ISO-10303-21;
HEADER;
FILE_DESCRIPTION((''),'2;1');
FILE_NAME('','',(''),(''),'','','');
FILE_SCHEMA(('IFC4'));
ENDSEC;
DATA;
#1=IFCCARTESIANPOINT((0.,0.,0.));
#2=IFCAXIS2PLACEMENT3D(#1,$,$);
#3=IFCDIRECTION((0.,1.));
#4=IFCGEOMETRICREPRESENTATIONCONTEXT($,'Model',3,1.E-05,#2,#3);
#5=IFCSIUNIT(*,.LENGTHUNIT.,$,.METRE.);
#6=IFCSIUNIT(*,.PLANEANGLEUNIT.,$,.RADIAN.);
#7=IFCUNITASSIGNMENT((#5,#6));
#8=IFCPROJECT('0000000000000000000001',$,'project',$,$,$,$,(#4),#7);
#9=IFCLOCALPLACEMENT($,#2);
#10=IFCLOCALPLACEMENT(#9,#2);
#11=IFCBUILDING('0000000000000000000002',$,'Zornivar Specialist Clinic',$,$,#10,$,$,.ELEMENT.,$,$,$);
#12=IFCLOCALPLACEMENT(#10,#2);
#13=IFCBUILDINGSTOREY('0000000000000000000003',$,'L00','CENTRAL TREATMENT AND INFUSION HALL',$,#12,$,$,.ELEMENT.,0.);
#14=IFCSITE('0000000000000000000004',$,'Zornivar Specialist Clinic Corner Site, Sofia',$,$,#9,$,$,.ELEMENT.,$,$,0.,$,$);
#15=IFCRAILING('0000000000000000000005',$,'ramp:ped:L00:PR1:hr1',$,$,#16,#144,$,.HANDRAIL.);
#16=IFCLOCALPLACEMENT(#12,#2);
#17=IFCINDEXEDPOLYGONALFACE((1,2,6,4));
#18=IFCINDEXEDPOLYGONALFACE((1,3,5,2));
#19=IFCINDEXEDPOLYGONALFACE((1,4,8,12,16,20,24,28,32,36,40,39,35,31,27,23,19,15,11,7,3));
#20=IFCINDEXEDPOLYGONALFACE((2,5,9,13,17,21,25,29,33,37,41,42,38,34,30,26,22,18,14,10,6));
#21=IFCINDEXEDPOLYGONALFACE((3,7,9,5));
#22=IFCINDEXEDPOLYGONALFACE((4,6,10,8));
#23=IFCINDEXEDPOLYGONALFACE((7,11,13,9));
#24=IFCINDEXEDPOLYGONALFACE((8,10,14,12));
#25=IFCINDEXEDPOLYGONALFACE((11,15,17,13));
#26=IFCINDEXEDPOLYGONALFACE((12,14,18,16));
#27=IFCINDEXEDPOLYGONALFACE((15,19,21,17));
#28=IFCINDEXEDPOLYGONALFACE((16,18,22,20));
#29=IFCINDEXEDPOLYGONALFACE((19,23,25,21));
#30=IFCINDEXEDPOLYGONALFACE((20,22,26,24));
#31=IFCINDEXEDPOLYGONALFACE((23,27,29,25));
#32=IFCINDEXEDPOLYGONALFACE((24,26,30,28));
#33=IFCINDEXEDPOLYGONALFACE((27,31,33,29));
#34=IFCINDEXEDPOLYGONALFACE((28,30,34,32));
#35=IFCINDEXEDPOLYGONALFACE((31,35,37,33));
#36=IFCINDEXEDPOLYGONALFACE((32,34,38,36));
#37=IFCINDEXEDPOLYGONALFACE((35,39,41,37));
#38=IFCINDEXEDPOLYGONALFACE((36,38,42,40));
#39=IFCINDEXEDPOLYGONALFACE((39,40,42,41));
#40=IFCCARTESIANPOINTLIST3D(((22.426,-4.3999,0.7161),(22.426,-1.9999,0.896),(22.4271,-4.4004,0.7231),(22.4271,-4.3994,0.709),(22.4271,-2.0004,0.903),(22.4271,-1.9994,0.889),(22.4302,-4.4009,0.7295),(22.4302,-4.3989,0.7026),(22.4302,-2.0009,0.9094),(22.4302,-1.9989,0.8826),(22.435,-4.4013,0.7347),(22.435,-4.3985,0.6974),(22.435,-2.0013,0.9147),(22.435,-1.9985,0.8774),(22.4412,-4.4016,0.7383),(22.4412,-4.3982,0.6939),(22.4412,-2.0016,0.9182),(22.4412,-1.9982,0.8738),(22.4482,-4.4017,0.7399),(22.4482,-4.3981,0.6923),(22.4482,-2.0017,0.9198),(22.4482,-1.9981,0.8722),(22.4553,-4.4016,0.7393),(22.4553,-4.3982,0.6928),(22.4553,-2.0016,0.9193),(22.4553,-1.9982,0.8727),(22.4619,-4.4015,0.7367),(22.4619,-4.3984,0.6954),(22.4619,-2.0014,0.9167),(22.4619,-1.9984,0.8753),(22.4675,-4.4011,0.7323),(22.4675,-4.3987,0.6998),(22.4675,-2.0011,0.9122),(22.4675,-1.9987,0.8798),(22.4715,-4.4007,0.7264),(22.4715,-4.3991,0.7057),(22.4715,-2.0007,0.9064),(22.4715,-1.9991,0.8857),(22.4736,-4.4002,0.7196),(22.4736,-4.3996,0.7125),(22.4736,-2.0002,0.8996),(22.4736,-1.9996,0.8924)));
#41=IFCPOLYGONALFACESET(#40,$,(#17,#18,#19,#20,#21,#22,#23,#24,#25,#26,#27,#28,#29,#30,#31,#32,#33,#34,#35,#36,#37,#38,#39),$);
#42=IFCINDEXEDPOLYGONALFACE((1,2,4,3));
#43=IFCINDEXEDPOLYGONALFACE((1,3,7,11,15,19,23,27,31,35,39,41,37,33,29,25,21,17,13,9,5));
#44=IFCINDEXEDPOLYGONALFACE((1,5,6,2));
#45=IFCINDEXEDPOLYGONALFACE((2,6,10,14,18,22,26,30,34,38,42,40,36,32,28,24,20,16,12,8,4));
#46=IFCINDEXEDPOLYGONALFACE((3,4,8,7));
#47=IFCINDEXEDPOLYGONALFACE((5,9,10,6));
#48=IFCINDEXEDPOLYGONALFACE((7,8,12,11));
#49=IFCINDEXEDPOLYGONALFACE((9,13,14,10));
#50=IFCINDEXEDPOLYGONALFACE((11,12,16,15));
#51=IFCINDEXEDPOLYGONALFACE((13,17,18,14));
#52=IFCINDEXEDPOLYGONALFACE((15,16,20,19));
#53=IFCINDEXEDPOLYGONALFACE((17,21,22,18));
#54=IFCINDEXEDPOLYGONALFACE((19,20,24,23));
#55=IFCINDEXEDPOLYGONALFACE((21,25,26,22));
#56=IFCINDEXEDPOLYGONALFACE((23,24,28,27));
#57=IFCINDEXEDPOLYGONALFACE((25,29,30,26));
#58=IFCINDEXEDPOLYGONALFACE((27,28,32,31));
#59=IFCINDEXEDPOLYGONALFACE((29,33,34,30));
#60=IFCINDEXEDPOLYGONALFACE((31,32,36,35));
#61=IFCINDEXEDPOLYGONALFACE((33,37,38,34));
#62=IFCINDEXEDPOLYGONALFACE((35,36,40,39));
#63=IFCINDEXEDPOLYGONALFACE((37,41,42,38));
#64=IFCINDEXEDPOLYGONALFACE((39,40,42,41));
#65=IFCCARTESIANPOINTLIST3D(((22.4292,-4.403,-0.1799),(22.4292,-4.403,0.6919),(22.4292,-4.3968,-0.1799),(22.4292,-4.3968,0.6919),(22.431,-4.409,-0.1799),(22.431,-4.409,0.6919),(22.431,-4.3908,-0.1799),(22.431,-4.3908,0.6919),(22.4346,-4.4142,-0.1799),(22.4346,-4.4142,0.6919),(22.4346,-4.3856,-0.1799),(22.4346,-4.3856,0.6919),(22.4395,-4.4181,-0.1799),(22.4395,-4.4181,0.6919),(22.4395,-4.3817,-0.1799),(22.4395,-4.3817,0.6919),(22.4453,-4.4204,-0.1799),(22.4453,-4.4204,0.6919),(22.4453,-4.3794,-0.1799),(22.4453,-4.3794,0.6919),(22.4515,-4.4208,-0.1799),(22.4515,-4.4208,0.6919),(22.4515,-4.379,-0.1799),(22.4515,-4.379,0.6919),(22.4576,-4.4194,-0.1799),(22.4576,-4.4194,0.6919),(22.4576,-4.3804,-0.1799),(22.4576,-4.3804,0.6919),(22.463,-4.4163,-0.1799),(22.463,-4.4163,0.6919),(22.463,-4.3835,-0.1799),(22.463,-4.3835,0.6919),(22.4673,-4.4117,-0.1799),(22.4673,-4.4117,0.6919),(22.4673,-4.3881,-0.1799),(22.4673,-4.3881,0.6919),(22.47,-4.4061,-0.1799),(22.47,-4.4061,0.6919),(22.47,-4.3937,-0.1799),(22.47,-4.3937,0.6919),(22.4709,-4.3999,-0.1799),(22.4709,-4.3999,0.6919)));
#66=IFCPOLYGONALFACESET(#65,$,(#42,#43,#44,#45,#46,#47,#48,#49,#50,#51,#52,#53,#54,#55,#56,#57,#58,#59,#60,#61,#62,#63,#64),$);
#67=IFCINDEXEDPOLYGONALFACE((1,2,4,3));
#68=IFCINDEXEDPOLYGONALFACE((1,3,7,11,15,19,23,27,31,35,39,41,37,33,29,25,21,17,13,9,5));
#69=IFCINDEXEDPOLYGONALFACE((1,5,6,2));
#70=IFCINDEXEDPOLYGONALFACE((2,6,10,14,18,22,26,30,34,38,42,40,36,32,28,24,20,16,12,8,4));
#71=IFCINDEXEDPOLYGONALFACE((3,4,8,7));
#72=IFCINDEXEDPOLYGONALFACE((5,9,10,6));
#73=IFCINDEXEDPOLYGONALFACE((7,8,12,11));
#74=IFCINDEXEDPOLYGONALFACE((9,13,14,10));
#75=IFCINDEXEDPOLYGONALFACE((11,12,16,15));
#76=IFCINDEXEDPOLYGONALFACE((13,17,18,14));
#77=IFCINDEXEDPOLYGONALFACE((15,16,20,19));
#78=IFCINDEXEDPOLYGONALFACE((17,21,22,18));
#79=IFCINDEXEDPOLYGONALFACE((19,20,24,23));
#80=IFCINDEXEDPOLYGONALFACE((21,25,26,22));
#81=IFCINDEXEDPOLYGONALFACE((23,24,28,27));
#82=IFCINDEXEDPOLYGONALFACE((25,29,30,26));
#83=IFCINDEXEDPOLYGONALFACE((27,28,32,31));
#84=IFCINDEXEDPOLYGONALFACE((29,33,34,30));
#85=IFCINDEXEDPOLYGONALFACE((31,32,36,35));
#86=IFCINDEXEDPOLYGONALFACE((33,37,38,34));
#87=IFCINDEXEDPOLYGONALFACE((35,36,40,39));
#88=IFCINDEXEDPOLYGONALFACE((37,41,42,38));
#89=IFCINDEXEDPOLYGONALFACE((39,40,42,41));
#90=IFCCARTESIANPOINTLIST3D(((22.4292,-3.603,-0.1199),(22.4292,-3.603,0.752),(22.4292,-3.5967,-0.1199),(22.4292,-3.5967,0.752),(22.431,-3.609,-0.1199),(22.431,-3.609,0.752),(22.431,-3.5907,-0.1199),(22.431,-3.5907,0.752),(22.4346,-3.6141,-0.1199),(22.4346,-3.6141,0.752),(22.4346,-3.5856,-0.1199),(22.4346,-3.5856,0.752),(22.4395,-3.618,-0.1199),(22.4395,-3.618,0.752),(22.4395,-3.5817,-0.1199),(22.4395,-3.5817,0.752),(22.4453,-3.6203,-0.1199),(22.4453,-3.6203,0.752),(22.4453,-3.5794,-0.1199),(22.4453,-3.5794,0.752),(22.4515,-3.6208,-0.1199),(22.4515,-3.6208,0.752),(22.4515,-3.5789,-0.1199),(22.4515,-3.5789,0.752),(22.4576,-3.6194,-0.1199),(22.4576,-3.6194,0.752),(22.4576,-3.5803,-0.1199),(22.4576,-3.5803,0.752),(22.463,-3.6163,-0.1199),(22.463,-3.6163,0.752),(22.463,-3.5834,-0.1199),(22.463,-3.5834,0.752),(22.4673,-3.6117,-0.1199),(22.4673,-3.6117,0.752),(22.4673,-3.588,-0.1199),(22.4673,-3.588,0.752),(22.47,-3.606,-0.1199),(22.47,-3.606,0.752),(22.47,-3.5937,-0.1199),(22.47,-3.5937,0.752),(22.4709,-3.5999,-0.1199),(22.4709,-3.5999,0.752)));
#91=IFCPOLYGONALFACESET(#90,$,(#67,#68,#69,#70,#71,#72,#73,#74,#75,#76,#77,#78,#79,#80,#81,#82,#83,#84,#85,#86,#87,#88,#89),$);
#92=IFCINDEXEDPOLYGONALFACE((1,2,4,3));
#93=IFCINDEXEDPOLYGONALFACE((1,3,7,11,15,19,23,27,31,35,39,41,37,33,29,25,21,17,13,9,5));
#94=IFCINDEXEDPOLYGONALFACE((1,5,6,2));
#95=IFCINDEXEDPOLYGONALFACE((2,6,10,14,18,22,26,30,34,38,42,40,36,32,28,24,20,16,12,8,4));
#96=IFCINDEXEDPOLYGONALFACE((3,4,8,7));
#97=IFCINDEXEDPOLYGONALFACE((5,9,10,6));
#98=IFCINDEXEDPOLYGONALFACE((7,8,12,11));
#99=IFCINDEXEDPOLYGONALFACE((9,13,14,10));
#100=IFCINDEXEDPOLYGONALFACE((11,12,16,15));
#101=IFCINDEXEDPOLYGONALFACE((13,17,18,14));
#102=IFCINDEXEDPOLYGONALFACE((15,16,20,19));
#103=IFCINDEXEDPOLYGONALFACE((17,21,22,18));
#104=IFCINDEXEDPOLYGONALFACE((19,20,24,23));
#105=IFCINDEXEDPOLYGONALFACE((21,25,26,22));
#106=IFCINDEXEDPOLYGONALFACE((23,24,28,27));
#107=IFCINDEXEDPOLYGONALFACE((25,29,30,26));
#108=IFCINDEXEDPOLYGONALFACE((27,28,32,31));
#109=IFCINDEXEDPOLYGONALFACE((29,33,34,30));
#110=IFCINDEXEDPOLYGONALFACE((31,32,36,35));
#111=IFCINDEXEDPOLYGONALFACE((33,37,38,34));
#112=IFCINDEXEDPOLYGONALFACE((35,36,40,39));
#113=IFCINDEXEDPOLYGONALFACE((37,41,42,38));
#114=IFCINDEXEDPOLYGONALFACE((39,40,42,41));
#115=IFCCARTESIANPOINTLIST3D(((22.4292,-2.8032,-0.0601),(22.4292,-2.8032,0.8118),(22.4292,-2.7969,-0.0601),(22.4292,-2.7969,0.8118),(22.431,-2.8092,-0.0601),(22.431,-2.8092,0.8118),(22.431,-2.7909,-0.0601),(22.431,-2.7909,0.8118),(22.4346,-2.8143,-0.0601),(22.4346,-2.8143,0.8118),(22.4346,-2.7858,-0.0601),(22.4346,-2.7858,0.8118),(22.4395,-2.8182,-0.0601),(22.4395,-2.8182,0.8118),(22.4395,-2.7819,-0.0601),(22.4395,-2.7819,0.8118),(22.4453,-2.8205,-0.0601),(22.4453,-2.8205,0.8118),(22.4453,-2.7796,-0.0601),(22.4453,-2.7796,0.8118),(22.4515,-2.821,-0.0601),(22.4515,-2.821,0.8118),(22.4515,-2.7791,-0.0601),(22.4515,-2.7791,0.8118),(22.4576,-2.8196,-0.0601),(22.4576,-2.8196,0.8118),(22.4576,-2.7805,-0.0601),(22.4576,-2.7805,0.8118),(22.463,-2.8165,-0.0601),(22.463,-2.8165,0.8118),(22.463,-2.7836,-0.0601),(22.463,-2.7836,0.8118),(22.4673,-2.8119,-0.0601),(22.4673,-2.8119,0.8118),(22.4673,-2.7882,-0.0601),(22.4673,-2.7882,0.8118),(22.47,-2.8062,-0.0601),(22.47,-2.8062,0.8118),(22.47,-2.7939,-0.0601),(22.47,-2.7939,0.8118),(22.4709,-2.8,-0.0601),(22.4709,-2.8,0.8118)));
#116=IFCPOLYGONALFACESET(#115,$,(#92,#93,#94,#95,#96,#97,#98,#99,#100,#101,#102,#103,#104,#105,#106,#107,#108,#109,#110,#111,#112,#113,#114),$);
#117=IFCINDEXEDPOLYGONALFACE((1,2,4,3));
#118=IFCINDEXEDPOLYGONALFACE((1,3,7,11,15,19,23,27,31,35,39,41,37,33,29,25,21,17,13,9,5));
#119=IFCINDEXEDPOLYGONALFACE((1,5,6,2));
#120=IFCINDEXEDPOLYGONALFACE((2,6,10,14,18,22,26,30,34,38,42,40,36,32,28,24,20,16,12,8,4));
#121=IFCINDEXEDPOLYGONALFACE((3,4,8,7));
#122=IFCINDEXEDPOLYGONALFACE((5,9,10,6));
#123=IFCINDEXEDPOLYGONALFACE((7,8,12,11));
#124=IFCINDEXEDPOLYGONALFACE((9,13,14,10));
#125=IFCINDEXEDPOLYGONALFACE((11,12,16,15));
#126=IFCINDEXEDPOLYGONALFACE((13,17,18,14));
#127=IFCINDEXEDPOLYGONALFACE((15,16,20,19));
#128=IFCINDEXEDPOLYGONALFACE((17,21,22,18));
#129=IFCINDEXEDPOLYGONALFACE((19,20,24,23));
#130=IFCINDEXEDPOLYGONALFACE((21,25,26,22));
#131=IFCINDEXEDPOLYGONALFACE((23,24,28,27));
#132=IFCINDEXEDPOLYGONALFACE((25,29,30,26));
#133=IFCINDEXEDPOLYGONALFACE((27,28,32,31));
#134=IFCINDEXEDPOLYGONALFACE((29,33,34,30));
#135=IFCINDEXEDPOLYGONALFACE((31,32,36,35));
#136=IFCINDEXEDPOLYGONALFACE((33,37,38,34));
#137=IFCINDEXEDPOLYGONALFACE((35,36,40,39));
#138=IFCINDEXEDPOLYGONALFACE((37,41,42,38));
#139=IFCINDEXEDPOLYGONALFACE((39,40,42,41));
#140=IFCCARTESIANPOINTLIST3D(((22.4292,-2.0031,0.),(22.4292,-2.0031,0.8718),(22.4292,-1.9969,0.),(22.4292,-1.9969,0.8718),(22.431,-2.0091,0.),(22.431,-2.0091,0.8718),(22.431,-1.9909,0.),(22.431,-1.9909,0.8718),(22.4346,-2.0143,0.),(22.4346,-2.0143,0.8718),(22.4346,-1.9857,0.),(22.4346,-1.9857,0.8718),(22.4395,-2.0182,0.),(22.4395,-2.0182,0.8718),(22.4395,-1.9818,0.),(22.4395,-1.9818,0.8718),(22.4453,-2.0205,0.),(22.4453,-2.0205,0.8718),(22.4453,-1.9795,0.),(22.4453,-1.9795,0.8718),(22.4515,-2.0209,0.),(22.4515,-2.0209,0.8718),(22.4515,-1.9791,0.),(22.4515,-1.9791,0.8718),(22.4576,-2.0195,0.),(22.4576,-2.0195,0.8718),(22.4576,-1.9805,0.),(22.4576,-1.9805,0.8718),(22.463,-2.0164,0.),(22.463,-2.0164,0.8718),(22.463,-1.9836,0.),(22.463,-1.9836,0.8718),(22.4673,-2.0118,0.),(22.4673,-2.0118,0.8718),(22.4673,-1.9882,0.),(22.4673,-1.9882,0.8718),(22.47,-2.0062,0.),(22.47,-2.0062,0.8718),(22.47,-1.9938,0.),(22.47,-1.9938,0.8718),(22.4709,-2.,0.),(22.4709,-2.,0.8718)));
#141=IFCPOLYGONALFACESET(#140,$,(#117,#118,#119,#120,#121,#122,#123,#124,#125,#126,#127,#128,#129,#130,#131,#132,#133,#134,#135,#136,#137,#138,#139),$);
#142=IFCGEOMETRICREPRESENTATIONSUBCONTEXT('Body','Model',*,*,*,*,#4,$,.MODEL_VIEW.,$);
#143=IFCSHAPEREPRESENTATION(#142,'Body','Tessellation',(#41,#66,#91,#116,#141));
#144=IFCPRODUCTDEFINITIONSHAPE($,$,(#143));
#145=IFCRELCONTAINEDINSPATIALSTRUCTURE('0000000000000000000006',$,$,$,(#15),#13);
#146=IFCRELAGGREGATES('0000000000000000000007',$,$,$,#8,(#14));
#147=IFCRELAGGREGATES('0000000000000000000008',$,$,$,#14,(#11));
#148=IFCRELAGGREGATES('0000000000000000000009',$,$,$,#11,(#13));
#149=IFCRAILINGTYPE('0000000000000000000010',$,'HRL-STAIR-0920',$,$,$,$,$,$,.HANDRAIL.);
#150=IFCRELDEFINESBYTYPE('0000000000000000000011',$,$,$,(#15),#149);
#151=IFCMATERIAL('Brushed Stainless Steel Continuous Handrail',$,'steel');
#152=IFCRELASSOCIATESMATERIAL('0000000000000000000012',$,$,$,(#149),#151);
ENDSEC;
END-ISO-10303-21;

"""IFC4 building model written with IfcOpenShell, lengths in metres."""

from ifc_helpers import new_model, si_unit, direction, frame, origin, origin_2d, place, context, subcontext, project, spatial, circle, extrude, material, type_object, element, save


model = new_model("IFC4")

# Units and contexts
model_context = context("Model", 3, precision=1e-05, world=origin(), true_north=direction((0.0, 1.0)))
body_context = subcontext(model_context, "Body", "Model", "MODEL_VIEW")
ifc_project = project(units=[si_unit("LENGTHUNIT", "METRE"), si_unit("PLANEANGLEUNIT", "RADIAN")], contexts=[model_context])

# Site, building, storey
site_placement = place(None, origin())
site = spatial("IfcSite", under=ifc_project, at=site_placement, Name="Zornivar Specialist Clinic Corner Site, Sofia", CompositionType="ELEMENT", RefElevation=0.0)
building_placement = place(site_placement, origin())
building = spatial("IfcBuilding", under=site, at=building_placement, Name="Zornivar Specialist Clinic", CompositionType="ELEMENT")
storey_placement = place(building_placement, origin())
storey = spatial("IfcBuildingStorey", under=building, at=storey_placement, Name="L00", Description="CENTRAL TREATMENT AND INFUSION HALL", CompositionType="ELEMENT", Elevation=0.0)

# Railing
ifc_material_1 = material(Name="Brushed Stainless Steel Continuous Handrail", Category="steel")
railing_type = type_object("IfcRailingType", Name="HRL-STAIR-0920", PredefinedType="HANDRAIL", material=ifc_material_1)
for number, where, name in (
    (1, (22.45, -4.3999, -0.1799), "ramp:ped:L00:PR1:hr1"),
):
    element("IfcRailing", number, at=place(storey_placement, frame(where)), inside=storey, type_object=railing_type, Name=name, PredefinedType="HANDRAIL", context=body_context, shape_type="SweptSolid", body=[
        extrude(circle(Radius=0.0239, at=origin_2d()), frame((0.0, 0.0, 0.896), z_axis=(0.0, 0.997201, 0.074765), x_axis=(-1.0, 0.0, 0.0)), (0.0, 0.0, 1.0), 2.4067),
        extrude(circle(Radius=0.021, at=origin_2d()), origin(), (0.0, 0.0, 1.0), 0.8718),
        extrude(circle(Radius=0.021, at=origin_2d()), frame((0.0, 0.8, 0.0601)), (0.0, 0.0, 1.0), 0.8718),
        extrude(circle(Radius=0.021, at=origin_2d()), frame((0.0, 1.5999, 0.1199)), (0.0, 0.0, 1.0), 0.8718),
        extrude(circle(Radius=0.021, at=origin_2d()), frame((0.0, 2.3999, 0.1799)), (0.0, 0.0, 1.0), 0.8718),
    ])

save(model, "model.ifc")
